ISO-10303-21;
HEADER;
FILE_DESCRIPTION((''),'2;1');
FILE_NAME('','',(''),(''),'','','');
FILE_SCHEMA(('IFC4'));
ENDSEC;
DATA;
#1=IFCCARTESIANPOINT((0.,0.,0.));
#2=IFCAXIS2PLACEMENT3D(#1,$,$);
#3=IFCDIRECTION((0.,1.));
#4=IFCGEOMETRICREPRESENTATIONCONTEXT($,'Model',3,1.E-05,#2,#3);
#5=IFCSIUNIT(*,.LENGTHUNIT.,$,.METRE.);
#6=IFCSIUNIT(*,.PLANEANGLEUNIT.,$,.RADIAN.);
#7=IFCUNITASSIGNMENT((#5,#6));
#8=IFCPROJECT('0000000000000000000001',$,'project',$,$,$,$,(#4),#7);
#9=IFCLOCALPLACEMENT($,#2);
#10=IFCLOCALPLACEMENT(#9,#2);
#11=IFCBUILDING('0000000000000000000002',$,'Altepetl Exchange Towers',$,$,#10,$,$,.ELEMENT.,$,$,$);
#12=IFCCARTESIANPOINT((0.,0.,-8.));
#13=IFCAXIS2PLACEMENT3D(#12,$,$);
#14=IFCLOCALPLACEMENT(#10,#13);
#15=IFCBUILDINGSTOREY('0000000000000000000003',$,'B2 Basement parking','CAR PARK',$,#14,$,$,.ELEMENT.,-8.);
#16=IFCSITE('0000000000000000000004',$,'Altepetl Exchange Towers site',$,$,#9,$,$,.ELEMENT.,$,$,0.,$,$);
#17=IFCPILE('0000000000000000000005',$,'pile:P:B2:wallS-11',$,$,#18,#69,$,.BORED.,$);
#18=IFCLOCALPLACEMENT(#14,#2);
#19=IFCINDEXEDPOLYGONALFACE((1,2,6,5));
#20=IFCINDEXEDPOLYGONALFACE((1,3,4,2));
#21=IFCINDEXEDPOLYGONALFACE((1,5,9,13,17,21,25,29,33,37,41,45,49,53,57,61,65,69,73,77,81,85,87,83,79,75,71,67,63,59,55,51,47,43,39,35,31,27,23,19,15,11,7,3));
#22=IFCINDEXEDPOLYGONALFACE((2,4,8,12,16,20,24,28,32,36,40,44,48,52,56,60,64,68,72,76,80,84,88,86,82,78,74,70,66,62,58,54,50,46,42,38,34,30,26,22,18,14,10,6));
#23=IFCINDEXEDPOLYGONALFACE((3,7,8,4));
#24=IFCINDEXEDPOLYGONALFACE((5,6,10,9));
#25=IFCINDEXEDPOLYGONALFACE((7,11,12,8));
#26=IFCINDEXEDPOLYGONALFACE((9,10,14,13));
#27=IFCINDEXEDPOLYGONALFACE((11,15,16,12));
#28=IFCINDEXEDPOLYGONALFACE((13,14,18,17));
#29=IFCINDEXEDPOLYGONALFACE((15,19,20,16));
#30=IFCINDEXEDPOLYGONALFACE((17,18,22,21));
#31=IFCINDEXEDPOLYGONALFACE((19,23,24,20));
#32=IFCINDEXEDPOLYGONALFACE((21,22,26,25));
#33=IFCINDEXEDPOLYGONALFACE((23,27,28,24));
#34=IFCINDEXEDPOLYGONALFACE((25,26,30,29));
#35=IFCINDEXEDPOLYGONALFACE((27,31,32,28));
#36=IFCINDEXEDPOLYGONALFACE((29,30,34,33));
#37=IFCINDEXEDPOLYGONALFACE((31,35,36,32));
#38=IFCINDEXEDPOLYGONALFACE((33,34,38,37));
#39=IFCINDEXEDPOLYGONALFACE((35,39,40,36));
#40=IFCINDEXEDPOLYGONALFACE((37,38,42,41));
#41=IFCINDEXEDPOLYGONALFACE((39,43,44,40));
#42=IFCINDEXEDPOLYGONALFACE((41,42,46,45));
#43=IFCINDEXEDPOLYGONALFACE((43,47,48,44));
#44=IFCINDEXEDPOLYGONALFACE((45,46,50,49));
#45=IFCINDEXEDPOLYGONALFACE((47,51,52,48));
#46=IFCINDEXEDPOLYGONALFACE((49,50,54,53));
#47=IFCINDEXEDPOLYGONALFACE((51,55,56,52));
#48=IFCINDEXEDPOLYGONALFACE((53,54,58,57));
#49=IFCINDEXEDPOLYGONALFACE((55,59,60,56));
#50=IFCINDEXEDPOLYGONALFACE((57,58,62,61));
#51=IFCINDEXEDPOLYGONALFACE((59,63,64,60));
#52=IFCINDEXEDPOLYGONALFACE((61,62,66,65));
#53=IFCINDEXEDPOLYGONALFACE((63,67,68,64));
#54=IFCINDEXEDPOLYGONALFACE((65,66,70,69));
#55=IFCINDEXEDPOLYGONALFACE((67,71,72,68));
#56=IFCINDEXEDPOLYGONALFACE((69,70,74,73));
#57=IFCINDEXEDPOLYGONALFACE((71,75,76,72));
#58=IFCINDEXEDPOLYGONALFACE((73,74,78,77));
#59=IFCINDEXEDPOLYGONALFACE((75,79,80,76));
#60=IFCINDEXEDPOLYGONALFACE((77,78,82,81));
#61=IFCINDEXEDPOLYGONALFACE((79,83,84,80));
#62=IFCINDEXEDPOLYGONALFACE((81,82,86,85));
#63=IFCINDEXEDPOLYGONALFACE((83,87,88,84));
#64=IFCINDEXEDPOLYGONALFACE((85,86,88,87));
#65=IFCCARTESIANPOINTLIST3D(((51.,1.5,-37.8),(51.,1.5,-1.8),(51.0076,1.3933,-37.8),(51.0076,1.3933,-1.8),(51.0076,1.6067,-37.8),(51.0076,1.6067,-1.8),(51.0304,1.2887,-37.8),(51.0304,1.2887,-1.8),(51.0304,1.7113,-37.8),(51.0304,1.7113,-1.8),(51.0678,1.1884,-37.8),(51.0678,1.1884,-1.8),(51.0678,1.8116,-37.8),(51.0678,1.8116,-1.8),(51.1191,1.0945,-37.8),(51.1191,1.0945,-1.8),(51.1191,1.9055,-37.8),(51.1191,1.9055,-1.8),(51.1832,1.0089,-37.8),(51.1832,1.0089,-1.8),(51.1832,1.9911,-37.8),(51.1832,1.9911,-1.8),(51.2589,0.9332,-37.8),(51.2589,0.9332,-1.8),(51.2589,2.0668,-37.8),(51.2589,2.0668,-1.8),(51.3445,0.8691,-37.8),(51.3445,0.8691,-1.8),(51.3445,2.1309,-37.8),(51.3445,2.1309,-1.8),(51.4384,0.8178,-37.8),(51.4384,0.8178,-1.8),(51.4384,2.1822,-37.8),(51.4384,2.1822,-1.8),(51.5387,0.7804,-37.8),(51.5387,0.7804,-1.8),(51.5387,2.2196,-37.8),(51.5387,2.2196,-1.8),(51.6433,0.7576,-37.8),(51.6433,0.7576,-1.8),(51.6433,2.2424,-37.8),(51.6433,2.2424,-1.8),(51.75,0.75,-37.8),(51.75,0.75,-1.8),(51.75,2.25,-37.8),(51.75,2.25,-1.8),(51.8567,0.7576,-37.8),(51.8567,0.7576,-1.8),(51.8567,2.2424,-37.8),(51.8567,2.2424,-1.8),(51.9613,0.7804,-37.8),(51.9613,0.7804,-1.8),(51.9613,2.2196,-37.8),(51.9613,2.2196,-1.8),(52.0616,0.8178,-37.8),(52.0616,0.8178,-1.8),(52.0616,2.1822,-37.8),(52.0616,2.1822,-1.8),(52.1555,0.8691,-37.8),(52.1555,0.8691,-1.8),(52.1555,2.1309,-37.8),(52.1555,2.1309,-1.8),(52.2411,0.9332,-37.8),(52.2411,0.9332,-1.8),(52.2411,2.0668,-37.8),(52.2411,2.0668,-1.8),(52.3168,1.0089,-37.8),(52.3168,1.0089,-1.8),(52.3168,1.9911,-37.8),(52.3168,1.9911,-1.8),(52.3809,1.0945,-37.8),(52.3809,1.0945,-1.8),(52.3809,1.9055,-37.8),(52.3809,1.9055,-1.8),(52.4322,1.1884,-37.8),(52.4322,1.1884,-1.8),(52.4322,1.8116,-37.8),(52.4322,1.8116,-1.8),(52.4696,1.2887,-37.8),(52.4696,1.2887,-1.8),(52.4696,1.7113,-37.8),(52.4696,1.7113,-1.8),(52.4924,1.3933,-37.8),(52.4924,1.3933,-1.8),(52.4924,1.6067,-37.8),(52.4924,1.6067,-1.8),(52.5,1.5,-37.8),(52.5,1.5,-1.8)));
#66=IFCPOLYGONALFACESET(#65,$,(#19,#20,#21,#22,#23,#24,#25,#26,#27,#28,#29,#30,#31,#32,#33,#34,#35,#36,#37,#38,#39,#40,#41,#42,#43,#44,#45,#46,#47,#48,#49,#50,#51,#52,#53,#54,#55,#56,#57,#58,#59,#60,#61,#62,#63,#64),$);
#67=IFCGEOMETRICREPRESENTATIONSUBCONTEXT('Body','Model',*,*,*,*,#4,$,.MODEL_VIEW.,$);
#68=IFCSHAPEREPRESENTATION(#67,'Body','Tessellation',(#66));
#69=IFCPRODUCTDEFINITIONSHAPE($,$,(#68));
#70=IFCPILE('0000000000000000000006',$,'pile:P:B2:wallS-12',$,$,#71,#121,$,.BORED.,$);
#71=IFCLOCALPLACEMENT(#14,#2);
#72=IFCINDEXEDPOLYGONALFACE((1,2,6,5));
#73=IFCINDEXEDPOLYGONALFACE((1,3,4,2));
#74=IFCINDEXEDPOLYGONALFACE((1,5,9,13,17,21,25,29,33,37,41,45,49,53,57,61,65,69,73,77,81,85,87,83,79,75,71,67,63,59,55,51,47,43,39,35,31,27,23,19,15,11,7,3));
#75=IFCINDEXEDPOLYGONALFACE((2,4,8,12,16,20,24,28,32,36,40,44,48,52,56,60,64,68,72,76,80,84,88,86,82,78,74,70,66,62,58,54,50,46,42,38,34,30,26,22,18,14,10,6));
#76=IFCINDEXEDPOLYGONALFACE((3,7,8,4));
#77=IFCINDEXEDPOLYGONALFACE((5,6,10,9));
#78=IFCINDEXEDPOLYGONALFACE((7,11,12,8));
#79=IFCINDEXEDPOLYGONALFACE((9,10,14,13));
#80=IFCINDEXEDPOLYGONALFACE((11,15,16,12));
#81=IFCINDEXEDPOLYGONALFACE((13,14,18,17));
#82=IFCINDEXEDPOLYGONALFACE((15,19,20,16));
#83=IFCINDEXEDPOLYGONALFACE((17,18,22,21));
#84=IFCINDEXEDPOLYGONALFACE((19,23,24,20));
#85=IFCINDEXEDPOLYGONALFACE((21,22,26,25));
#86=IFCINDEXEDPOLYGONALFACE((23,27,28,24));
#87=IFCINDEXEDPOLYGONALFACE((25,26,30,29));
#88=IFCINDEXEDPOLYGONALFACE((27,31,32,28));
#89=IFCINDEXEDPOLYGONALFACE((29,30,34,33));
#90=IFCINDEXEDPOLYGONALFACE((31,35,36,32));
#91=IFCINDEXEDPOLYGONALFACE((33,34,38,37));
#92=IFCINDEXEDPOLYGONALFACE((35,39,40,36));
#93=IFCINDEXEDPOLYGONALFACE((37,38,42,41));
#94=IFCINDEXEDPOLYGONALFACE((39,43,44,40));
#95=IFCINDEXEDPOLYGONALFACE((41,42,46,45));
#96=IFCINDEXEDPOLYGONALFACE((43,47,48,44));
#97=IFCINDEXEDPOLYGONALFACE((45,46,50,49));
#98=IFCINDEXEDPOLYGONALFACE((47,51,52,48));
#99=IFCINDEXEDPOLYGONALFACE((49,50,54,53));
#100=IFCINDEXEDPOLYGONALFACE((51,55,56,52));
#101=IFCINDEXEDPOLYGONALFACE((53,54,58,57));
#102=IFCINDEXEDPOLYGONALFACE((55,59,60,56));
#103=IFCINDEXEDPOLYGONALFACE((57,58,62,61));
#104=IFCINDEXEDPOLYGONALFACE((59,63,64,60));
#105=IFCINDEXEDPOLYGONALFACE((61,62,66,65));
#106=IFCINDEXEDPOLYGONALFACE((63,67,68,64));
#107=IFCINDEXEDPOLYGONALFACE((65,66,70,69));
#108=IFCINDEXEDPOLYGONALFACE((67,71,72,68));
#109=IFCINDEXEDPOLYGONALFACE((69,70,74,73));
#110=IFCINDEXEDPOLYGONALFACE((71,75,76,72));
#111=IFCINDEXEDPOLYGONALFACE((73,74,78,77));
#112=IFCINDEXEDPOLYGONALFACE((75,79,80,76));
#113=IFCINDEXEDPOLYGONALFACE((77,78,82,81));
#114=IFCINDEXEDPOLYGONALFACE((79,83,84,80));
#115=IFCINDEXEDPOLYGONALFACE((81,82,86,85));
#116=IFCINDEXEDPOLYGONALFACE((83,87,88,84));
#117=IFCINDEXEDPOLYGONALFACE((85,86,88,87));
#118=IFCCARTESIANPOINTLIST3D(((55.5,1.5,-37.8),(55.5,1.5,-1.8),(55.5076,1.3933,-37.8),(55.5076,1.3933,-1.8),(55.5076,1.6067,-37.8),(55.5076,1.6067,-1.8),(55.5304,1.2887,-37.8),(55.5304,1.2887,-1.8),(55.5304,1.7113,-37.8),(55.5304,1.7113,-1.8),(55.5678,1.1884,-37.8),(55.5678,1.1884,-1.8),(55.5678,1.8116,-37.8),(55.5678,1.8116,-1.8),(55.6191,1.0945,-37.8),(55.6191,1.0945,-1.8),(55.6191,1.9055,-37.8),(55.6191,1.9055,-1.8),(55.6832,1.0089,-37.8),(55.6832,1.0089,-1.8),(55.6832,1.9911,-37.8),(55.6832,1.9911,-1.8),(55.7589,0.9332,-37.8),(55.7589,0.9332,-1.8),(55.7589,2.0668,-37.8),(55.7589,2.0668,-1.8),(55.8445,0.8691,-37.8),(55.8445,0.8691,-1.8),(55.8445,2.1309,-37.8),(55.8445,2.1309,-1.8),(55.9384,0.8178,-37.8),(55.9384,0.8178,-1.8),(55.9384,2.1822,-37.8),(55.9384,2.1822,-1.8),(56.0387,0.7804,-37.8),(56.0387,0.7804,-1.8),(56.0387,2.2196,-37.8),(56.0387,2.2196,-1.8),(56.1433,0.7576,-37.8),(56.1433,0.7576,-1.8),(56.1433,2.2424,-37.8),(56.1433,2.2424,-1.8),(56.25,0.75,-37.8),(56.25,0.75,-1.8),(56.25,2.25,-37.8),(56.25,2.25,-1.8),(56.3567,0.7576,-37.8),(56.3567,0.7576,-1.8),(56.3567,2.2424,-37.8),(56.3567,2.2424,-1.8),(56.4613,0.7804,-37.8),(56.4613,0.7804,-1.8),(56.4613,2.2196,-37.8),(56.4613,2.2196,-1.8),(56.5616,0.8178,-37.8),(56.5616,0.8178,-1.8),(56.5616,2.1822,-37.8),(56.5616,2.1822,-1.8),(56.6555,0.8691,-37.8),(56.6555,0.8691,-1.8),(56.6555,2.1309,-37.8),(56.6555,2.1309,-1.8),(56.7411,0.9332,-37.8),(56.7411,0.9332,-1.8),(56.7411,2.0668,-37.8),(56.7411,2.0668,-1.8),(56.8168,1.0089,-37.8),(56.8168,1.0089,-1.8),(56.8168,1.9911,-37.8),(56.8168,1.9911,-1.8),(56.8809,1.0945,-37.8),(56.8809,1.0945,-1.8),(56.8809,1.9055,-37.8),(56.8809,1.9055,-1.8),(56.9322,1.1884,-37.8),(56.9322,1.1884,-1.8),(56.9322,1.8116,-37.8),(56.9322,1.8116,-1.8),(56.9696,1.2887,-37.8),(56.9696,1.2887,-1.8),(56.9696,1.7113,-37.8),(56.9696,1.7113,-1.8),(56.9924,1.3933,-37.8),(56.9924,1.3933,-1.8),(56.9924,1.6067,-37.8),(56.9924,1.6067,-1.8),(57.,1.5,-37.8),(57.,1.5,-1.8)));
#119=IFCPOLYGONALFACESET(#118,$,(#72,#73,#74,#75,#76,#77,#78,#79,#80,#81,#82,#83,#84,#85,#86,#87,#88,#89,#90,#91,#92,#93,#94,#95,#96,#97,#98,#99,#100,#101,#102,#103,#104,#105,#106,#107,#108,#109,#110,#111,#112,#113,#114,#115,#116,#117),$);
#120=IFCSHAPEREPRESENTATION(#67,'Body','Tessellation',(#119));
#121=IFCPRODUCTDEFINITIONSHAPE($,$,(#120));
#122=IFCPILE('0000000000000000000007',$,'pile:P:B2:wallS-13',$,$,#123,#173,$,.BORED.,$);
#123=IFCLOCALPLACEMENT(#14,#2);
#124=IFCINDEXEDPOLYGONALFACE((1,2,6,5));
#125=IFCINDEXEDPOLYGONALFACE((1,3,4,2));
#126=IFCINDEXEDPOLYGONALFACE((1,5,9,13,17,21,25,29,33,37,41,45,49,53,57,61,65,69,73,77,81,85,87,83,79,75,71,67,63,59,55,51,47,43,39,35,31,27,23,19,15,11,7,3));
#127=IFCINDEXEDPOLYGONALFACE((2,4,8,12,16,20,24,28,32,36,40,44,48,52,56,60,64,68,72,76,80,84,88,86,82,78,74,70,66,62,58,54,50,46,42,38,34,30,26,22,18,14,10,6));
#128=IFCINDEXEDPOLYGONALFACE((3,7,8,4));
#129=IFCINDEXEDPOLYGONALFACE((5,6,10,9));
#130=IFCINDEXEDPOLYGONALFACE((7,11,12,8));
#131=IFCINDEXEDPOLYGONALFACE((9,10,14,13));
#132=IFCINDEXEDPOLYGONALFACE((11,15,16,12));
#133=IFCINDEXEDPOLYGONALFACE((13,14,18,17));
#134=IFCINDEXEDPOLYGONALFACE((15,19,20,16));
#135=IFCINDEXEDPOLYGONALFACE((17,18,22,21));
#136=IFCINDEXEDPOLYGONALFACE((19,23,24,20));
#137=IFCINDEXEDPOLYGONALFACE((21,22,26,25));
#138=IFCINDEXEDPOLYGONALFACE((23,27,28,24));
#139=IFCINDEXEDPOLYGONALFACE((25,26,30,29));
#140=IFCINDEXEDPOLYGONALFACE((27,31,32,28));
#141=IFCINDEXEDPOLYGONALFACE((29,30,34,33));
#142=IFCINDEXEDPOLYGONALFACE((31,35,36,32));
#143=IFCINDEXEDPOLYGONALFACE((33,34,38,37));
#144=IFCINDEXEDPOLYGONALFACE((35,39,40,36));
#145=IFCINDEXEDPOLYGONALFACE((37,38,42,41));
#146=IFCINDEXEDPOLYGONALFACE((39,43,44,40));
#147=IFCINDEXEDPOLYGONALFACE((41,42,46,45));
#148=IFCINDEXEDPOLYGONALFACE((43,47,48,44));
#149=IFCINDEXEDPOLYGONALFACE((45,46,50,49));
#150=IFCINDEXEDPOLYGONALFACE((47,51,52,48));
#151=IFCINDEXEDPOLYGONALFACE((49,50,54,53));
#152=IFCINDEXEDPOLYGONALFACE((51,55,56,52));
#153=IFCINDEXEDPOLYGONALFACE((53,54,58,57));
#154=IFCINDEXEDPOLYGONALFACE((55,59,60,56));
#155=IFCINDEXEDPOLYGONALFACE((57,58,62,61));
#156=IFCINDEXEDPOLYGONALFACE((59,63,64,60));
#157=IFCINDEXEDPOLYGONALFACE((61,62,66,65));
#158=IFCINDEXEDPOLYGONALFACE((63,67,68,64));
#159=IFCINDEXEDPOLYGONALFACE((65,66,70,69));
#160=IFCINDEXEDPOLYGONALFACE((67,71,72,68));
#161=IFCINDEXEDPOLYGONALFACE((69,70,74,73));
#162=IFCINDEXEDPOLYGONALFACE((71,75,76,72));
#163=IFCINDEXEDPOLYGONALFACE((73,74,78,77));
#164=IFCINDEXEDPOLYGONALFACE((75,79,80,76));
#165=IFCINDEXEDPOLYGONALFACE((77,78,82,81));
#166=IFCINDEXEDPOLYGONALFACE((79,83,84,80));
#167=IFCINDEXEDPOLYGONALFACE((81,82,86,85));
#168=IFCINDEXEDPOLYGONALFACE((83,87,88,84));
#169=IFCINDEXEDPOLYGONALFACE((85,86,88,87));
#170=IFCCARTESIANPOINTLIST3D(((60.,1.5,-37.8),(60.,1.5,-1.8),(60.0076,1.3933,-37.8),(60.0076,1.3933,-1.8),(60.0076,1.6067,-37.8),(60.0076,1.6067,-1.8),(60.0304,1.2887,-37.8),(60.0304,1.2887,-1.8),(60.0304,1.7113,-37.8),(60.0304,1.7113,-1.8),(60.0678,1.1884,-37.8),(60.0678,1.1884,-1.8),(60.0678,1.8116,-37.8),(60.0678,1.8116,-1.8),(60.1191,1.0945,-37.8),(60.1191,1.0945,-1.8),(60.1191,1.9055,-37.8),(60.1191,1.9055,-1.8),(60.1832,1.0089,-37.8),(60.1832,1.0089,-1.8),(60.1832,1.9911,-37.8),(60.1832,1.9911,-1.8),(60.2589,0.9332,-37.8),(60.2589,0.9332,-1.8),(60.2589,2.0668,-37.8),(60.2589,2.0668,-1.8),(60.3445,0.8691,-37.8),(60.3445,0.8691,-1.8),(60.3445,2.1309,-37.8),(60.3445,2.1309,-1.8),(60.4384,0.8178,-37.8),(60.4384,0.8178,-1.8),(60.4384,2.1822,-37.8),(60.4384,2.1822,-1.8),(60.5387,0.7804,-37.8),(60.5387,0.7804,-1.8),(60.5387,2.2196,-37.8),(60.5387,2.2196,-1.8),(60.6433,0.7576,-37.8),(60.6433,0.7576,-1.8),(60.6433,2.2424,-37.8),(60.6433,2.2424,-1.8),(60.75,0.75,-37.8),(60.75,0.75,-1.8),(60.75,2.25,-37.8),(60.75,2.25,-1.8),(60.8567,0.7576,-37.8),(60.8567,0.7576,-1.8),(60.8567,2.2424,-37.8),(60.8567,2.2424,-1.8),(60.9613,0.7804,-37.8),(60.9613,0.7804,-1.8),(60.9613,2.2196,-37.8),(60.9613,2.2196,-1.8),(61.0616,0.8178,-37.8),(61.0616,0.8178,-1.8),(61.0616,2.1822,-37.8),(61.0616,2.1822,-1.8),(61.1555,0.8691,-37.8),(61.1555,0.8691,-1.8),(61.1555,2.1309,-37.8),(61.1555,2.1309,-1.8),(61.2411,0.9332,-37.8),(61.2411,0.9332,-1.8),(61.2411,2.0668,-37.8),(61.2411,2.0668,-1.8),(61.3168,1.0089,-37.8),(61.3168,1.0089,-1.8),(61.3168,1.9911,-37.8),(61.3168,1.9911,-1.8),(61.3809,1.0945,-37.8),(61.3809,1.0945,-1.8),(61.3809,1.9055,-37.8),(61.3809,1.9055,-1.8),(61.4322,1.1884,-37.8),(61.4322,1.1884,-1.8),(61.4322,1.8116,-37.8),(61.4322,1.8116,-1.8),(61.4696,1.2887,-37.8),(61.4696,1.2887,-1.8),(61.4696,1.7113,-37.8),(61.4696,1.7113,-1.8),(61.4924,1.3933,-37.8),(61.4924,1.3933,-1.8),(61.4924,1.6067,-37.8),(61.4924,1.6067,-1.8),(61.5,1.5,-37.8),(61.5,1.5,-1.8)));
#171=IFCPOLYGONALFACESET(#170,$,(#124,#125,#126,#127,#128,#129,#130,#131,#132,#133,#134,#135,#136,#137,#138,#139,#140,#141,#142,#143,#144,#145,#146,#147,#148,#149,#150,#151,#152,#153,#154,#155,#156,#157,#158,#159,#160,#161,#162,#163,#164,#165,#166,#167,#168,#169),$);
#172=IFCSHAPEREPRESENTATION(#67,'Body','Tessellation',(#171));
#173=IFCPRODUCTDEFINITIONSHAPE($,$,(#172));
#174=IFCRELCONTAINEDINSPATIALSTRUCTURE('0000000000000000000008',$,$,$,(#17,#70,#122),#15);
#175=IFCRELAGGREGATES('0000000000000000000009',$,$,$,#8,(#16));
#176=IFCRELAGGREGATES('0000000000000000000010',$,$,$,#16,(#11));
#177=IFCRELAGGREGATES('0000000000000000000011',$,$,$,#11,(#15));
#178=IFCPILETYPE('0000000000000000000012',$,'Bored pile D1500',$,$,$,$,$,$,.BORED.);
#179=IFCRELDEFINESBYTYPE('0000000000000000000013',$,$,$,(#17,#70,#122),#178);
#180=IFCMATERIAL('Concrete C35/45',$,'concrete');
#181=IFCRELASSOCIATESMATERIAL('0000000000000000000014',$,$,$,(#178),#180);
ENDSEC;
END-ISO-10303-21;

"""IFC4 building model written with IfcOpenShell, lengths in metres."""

from ifc_helpers import new_model, si_unit, direction, frame, origin, origin_2d, place, context, subcontext, project, spatial, circle, extrude, material, material_profile, profile_set, type_object, element, save


model = new_model("IFC4")

# Units and contexts
model_context = context("Model", 3, precision=1e-05, world=origin(), true_north=direction((0.0, 1.0)))
body_context = subcontext(model_context, "Body", "Model", "MODEL_VIEW")
ifc_project = project(units=[si_unit("LENGTHUNIT", "METRE"), si_unit("PLANEANGLEUNIT", "RADIAN")], contexts=[model_context])

# Site, building, storey
site_placement = place(None, origin())
site = spatial("IfcSite", under=ifc_project, at=site_placement, Name="Altepetl Exchange Towers site", CompositionType="ELEMENT", RefElevation=0.0)
building_placement = place(site_placement, origin())
building = spatial("IfcBuilding", under=site, at=building_placement, Name="Altepetl Exchange Towers", CompositionType="ELEMENT")
storey_placement = place(building_placement, frame((0.0, 0.0, -8.0)))
storey = spatial("IfcBuildingStorey", under=building, at=storey_placement, Name="B2 Basement parking", Description="CAR PARK", CompositionType="ELEMENT", Elevation=-8.0)

# Piles
ifc_material_1 = material(Name="Concrete C35/45", Category="concrete")
ifc_material_profile_1 = material_profile(ifc_material_1, circle(Radius=0.75, at=origin_2d()), Name="D1500")
ifc_profile_set_1 = profile_set([ifc_material_profile_1], Name="Concrete C35/45")
pile_type_1 = type_object("IfcPileType", Name="Bored pile D1500", PredefinedType="BORED", material=ifc_profile_set_1)
for number, where, z_axis, x_axis, name in (
    (1, (51.75, 1.5, -1.8), (0.0, 0.0, -1.0), (1.0, 0.0, 0.0), "pile:P:B2:wallS-11"),
    (2, (56.25, 1.5, -1.8), (0.0, 0.0, -1.0), (1.0, 0.0, 0.0), "pile:P:B2:wallS-12"),
    (3, (60.75, 1.5, -1.8), (0.0, 0.0, -1.0), (1.0, 0.0, 0.0), "pile:P:B2:wallS-13"),
):
    element("IfcPile", number, at=place(storey_placement, frame(where, z_axis=z_axis, x_axis=x_axis)), inside=storey, type_object=pile_type_1, Name=name, PredefinedType="BORED", context=body_context, shape_type="SweptSolid", body=[
        extrude(circle(Radius=0.75, at=origin_2d()), origin(), (0.0, 0.0, 1.0), 36.0),
    ])

save(model, "model.ifc")
